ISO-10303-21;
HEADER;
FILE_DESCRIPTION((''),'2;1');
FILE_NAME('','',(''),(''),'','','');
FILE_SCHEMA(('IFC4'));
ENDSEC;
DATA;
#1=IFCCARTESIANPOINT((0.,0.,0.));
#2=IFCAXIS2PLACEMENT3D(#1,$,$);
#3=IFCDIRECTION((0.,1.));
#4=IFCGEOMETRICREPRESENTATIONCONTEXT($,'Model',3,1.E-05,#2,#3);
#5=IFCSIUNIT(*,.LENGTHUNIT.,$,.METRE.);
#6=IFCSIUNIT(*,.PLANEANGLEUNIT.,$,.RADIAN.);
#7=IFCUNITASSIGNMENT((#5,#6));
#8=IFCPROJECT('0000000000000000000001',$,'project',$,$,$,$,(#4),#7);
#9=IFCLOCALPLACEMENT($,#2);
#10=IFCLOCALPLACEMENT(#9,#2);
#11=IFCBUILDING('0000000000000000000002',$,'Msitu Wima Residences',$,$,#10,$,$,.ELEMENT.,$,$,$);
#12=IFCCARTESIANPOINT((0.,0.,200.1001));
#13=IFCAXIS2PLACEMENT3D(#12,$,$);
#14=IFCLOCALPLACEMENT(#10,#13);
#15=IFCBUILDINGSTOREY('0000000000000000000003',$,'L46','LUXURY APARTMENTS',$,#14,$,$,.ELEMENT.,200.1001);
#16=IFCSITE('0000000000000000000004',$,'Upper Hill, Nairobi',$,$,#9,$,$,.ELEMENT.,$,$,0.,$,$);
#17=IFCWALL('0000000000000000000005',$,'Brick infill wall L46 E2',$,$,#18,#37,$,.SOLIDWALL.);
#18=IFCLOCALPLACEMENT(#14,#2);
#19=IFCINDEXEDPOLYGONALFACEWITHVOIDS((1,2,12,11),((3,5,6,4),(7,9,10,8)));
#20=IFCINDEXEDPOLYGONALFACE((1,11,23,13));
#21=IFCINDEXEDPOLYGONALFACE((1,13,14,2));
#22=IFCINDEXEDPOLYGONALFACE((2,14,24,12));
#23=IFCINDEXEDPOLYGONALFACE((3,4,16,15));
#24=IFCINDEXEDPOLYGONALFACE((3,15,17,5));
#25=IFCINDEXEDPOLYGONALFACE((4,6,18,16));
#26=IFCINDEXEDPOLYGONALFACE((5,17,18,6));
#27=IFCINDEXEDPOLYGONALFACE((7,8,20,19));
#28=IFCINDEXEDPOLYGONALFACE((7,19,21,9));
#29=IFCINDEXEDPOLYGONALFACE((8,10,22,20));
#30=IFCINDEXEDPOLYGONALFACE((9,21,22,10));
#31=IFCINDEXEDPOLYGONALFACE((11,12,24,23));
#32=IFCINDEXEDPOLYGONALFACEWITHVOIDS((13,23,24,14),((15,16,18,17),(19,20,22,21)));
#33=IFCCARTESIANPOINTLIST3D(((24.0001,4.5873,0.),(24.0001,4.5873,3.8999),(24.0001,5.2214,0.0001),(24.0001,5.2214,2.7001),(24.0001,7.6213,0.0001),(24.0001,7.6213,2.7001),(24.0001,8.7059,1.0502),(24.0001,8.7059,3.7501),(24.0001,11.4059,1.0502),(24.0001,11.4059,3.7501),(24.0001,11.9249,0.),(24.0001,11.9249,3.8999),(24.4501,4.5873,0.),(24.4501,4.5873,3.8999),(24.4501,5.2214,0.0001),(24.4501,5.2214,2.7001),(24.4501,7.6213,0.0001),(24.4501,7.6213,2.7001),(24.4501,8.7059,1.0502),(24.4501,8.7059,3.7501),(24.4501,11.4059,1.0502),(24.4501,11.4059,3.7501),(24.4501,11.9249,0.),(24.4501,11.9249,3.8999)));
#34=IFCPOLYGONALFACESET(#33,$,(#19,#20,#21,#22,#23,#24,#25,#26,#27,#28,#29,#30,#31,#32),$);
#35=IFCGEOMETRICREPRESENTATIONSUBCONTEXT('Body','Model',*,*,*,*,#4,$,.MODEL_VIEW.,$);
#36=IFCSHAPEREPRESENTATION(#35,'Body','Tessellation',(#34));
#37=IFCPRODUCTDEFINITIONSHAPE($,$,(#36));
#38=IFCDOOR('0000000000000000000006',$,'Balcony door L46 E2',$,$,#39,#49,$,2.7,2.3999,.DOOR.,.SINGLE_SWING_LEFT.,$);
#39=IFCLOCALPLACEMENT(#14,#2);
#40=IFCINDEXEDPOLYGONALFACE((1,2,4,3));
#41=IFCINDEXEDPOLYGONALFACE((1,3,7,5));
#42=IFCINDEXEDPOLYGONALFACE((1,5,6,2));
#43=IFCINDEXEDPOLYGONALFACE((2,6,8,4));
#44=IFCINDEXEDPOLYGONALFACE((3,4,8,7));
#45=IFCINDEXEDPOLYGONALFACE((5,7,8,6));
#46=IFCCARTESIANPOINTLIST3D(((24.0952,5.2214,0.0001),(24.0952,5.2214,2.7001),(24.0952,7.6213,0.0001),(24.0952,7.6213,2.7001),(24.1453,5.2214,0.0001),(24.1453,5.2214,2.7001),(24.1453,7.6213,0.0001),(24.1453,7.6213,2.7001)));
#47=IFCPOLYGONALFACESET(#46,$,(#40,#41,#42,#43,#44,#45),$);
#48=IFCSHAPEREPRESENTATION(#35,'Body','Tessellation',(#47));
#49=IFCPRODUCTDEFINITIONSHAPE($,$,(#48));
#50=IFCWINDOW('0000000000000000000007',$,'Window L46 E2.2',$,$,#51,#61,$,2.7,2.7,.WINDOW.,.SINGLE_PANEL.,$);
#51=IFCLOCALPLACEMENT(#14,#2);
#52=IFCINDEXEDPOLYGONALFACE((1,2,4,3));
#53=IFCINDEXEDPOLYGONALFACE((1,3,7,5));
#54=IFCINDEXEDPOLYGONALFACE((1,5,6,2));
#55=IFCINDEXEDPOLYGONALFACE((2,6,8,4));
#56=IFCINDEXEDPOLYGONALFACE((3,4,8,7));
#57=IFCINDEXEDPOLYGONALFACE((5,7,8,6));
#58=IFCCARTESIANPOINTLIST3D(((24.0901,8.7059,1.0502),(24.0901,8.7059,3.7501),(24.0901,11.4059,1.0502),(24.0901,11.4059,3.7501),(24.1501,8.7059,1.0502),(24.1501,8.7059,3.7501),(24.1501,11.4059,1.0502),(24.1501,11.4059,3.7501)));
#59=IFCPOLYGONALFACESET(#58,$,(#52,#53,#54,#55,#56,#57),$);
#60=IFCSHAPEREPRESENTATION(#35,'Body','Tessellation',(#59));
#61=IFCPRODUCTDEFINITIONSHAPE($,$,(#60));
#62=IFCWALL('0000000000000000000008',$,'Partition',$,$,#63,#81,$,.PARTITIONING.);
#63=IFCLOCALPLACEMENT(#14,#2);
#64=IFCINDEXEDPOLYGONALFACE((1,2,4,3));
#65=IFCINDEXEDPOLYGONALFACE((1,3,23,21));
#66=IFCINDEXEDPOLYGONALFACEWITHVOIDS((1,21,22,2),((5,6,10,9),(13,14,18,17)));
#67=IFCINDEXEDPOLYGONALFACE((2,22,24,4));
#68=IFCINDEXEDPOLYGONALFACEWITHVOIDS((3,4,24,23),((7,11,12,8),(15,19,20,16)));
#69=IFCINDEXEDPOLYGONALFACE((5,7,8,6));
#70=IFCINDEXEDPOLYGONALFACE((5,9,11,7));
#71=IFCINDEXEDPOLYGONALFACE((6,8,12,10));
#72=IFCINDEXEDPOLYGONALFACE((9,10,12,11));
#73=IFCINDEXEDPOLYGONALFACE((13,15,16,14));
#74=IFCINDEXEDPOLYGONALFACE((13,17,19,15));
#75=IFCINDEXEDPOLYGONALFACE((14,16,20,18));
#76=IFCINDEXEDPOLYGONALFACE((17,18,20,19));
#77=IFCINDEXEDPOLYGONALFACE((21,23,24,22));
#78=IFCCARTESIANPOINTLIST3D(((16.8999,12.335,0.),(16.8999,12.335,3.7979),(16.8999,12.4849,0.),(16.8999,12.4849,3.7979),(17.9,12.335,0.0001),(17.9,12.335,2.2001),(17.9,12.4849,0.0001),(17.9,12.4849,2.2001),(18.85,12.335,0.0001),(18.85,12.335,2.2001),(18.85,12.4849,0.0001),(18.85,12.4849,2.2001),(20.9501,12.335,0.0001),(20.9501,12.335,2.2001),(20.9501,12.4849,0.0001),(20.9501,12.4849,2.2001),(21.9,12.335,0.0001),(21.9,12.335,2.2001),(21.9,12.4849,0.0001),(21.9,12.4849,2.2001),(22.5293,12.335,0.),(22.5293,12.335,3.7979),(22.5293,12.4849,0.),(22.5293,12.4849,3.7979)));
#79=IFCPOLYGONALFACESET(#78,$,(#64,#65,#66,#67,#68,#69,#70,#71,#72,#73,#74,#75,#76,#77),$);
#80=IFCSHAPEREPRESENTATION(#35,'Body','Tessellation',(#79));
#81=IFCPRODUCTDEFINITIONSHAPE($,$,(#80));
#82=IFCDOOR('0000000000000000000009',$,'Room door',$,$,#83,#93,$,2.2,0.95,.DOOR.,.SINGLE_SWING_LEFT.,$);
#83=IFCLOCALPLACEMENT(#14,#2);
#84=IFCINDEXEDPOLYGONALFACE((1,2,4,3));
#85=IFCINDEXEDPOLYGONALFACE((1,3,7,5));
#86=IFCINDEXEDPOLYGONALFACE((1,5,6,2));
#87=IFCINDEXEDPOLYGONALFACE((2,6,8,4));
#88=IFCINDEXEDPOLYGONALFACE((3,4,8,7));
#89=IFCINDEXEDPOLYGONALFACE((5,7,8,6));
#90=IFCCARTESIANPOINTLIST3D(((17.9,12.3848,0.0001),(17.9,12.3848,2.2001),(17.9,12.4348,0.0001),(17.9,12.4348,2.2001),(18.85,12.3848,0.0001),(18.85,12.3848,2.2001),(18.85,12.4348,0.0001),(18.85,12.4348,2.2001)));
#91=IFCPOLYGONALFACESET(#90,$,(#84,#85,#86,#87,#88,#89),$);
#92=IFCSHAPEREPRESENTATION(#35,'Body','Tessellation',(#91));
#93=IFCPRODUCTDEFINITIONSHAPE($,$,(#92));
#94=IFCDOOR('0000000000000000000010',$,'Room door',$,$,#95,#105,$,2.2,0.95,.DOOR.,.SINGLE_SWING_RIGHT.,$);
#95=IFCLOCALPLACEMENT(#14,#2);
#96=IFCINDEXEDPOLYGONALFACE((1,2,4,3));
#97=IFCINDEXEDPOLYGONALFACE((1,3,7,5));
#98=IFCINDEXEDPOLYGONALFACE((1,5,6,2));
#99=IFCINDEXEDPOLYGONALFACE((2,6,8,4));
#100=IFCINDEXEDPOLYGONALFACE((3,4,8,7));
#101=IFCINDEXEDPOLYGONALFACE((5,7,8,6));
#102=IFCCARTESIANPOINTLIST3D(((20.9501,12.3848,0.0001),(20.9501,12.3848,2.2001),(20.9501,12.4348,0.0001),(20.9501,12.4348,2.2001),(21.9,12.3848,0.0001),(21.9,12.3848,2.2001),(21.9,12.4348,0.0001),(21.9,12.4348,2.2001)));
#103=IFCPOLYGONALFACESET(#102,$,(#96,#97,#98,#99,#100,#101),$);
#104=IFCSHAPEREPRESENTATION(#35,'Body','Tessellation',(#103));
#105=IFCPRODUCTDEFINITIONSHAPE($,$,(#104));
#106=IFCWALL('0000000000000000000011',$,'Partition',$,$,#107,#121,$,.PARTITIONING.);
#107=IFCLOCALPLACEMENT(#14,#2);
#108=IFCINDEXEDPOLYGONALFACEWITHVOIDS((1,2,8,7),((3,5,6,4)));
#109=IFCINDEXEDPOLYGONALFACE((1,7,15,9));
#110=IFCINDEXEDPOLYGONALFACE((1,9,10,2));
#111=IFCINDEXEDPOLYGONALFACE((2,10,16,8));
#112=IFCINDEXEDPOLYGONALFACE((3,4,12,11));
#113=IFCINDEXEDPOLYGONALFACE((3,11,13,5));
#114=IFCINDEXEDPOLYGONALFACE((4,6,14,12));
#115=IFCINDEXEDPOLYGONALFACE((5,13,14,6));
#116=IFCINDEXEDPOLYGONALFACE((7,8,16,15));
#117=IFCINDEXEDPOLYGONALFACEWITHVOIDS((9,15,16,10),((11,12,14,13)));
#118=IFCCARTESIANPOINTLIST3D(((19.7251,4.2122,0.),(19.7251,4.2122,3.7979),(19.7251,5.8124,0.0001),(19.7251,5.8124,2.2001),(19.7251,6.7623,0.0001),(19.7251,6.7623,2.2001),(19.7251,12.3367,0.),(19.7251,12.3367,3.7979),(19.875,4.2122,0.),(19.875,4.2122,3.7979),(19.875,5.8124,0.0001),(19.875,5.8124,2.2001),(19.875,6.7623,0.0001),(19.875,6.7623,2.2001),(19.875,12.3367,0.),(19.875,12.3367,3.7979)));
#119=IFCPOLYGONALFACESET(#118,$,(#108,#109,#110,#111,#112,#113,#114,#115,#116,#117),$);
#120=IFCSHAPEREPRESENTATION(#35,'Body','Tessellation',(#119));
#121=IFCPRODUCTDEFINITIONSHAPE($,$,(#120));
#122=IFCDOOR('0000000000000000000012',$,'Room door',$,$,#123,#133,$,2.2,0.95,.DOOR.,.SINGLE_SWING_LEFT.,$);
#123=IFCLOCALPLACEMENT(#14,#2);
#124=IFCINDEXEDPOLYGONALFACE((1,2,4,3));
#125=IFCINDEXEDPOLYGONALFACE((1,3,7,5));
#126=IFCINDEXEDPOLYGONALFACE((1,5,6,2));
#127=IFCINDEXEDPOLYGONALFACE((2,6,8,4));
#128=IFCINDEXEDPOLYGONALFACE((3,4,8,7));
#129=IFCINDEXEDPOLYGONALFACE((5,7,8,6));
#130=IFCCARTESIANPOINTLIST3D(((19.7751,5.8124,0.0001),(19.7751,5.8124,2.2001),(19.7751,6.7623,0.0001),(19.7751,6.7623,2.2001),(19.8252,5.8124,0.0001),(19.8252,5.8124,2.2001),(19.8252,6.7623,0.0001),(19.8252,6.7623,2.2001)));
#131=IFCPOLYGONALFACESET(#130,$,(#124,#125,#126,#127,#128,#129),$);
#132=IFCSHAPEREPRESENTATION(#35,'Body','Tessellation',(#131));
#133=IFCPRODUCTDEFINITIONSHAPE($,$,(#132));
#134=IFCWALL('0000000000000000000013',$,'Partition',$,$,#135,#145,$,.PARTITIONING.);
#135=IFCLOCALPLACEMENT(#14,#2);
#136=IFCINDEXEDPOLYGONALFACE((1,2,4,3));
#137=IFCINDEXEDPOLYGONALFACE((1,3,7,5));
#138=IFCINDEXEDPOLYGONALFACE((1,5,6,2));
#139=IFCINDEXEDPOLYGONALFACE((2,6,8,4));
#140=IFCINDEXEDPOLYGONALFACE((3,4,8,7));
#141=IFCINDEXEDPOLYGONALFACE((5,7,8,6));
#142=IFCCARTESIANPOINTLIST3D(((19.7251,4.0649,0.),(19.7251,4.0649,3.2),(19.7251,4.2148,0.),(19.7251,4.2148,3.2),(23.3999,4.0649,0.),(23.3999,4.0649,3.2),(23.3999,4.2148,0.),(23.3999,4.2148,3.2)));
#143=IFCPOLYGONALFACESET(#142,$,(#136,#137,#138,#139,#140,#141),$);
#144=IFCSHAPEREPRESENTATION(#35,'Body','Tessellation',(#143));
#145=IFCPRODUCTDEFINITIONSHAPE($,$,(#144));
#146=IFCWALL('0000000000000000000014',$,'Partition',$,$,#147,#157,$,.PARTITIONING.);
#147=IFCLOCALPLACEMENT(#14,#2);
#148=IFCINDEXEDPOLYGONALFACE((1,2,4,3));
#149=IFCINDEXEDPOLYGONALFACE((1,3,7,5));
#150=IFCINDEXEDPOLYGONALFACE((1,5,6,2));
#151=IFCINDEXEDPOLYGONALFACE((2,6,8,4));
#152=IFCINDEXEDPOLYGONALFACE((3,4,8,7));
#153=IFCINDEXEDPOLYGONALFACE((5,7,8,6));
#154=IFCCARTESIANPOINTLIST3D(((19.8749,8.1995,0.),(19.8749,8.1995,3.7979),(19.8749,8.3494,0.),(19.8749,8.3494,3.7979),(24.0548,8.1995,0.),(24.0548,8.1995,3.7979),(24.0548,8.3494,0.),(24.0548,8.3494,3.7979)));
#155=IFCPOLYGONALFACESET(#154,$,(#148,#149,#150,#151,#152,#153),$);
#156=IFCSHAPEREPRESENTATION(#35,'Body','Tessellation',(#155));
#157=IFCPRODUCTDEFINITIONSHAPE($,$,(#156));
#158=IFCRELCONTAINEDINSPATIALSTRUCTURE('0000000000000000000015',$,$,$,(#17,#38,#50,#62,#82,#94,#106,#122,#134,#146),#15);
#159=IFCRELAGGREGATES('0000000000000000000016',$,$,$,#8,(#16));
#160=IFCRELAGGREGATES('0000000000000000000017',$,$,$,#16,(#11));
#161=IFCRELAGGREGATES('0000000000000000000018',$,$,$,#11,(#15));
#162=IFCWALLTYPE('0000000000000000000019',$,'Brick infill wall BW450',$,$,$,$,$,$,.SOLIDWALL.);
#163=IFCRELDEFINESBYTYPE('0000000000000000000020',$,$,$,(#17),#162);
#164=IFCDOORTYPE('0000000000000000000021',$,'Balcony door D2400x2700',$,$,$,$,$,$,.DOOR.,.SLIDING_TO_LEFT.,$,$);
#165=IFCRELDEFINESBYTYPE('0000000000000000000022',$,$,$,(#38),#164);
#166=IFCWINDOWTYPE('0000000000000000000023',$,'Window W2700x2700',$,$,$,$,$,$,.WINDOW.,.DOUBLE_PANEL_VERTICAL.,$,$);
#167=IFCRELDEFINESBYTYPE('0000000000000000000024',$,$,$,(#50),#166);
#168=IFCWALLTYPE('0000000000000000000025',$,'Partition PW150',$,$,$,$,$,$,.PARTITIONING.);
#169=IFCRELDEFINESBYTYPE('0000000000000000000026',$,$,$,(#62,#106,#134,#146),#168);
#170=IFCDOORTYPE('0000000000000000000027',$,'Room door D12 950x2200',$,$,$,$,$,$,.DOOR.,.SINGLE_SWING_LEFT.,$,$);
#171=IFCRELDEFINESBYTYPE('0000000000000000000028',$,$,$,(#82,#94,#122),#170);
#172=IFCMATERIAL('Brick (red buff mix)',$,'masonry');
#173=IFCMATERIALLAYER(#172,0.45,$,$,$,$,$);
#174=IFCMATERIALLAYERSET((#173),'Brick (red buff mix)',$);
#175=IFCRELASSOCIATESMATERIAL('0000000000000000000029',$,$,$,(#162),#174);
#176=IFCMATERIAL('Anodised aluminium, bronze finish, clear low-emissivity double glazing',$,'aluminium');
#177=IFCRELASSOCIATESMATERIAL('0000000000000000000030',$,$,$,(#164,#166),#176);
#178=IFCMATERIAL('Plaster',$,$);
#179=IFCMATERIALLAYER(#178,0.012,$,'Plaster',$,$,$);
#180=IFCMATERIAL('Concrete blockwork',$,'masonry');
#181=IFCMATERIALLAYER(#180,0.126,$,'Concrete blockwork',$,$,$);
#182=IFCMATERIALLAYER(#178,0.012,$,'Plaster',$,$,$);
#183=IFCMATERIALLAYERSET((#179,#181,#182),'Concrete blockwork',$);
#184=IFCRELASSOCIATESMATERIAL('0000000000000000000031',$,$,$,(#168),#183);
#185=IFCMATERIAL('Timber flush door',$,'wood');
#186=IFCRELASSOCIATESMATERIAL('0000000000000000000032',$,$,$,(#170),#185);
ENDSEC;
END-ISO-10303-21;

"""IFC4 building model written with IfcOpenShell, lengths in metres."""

from ifc_helpers import new_model, si_unit, direction, frame, frame_2d, origin, place, context, subcontext, project, spatial, rectangle, extrude, material, layer, layer_set, type_object, element, fill, save


model = new_model("IFC4")

# Units and contexts
model_context = context("Model", 3, precision=1e-05, world=origin(), true_north=direction((0.0, 1.0)))
body_context = subcontext(model_context, "Body", "Model", "MODEL_VIEW")
ifc_project = project(units=[si_unit("LENGTHUNIT", "METRE"), si_unit("PLANEANGLEUNIT", "RADIAN")], contexts=[model_context])

# Site, building, storey
site_placement = place(None, origin())
site = spatial("IfcSite", under=ifc_project, at=site_placement, Name="Upper Hill, Nairobi", CompositionType="ELEMENT", RefElevation=0.0)
building_placement = place(site_placement, origin())
building = spatial("IfcBuilding", under=site, at=building_placement, Name="Msitu Wima Residences", CompositionType="ELEMENT")
storey_placement = place(building_placement, frame((0.0, 0.0, 200.1001)))
storey = spatial("IfcBuildingStorey", under=building, at=storey_placement, Name="L46", Description="LUXURY APARTMENTS", CompositionType="ELEMENT", Elevation=200.1001)

# Wall, openings, door, window
ifc_material_1 = material(Name="Brick (red buff mix)", Category="masonry")
ifc_layer_1 = layer(ifc_material_1, 0.45)
ifc_layer_set_1 = layer_set([ifc_layer_1], Name="Brick (red buff mix)")
wall_type_1 = type_object("IfcWallType", Name="Brick infill wall BW450", PredefinedType="SOLIDWALL", material=ifc_layer_set_1)
wall_1_placement = place(storey_placement, frame((24.2251, 4.5872, 0.0), z_axis=(0.0, 0.0, 1.0), x_axis=(0.0, 1.0, 0.0)))
wall_1 = element("IfcWall", 1, at=wall_1_placement, inside=storey, type_object=wall_type_1, Name="Brick infill wall L46 E2", PredefinedType="SOLIDWALL", context=body_context, shape_type="SweptSolid", body=[
    extrude(rectangle(XDim=7.3376, YDim=0.45, at=frame_2d((3.6689, 0.0))), origin(), (0.0, 0.0, 1.0), 3.8999),
])
opening_1_placement = place(wall_1_placement, frame((0.6343, 0.0, 0.0)))
opening_1 = element("IfcOpeningElement", 2, at=opening_1_placement, cuts=wall_1, PredefinedType="OPENING", context=body_context, shape_type="SweptSolid", body=[
    extrude(rectangle(XDim=2.3999, YDim=2.7, at=frame_2d((1.2, 1.3501))), frame((0.0, 0.2349, 0.0), z_axis=(0.0, -1.0, 0.0), x_axis=(1.0, 0.0, 0.0)), (0.0, 0.0, 1.0), 0.47),
])
opening_2_placement = place(wall_1_placement, frame((4.1187, 0.0, 1.05)))
opening_2 = element("IfcOpeningElement", 3, at=opening_2_placement, cuts=wall_1, PredefinedType="OPENING", context=body_context, shape_type="SweptSolid", body=[
    extrude(rectangle(XDim=2.7, YDim=2.7, at=frame_2d((1.3501, 1.3501))), frame((0.0, 0.2349, 0.0), z_axis=(0.0, -1.0, 0.0), x_axis=(1.0, 0.0, 0.0)), (0.0, 0.0, 1.0), 0.47),
])
ifc_material_2 = material(Name="Anodised aluminium, bronze finish, clear low-emissivity double glazing", Category="aluminium")
door_type_1 = type_object("IfcDoorType", Name="Balcony door D2400x2700", OperationType="SLIDING_TO_LEFT", PredefinedType="DOOR", material=ifc_material_2)
door_1_placement = place(opening_1_placement, origin())
door_1 = element("IfcDoor", 4, at=door_1_placement, inside=storey, type_object=door_type_1, Name="Balcony door L46 E2", OperationType="SINGLE_SWING_LEFT", OverallHeight=2.7, OverallWidth=2.3999, PredefinedType="DOOR", context=body_context, shape_type="SweptSolid", body=[
    extrude(rectangle(XDim=2.3999, YDim=2.7, at=frame_2d((1.2, 1.3501))), frame((0.0, 0.1299, 0.0), z_axis=(0.0, -1.0, 0.0), x_axis=(1.0, 0.0, 0.0)), (0.0, 0.0, 1.0), 0.05),
])
fill(opening_1, door_1)
window_type = type_object("IfcWindowType", Name="Window W2700x2700", PartitioningType="DOUBLE_PANEL_VERTICAL", PredefinedType="WINDOW", material=ifc_material_2)
window_placement = place(opening_2_placement, origin())
window = element("IfcWindow", 5, at=window_placement, inside=storey, type_object=window_type, Name="Window L46 E2.2", OverallHeight=2.7, OverallWidth=2.7, PartitioningType="SINGLE_PANEL", PredefinedType="WINDOW", context=body_context, shape_type="SweptSolid", body=[
    extrude(rectangle(XDim=2.7, YDim=2.7, at=frame_2d((1.3501, 1.3501))), frame((0.0, 0.135, 0.0), z_axis=(0.0, -1.0, 0.0), x_axis=(1.0, 0.0, 0.0)), (0.0, 0.0, 1.0), 0.0601),
])
fill(opening_2, window)

# Shared definitions
ifc_material_3 = material(Name="Plaster")
ifc_material_4 = material(Name="Concrete blockwork", Category="masonry")

# Wall, openings, doors
ifc_layer_2 = layer(ifc_material_3, 0.012, Name="Plaster")
ifc_layer_3 = layer(ifc_material_4, 0.126, Name="Concrete blockwork")
ifc_layer_4 = layer(ifc_material_3, 0.012, Name="Plaster")
ifc_layer_set_2 = layer_set([ifc_layer_2, ifc_layer_3, ifc_layer_4], Name="Concrete blockwork")
wall_type_2 = type_object("IfcWallType", Name="Partition PW150", PredefinedType="PARTITIONING", material=ifc_layer_set_2)
wall_2_placement = place(storey_placement, frame((16.8999, 12.4099, 0.0), z_axis=(0.0, 0.0, 1.0), x_axis=(1.0, 0.0, 0.0)))
wall_2 = element("IfcWall", 6, at=wall_2_placement, inside=storey, type_object=wall_type_2, Name="Partition", PredefinedType="PARTITIONING", context=body_context, shape_type="SweptSolid", body=[
    extrude(rectangle(XDim=5.6294, YDim=0.1499, at=frame_2d((2.8147, 0.0))), origin(), (0.0, 0.0, 1.0), 3.7979),
])
opening_3_placement = place(wall_2_placement, frame((1.0, 0.0, 0.0)))
opening_3 = element("IfcOpeningElement", 7, at=opening_3_placement, cuts=wall_2, PredefinedType="OPENING", context=body_context, shape_type="SweptSolid", body=[
    extrude(rectangle(XDim=0.95, YDim=2.2, at=frame_2d((0.4751, 1.1001))), frame((0.0, 0.085, 0.0), z_axis=(0.0, -1.0, 0.0), x_axis=(1.0, 0.0, 0.0)), (0.0, 0.0, 1.0), 0.1699),
])
opening_4_placement = place(wall_2_placement, frame((4.05, 0.0, 0.0)))
opening_4 = element("IfcOpeningElement", 8, at=opening_4_placement, cuts=wall_2, PredefinedType="OPENING", context=body_context, shape_type="SweptSolid", body=[
    extrude(rectangle(XDim=0.95, YDim=2.2, at=frame_2d((0.4751, 1.1001))), frame((0.0, 0.085, 0.0), z_axis=(0.0, -1.0, 0.0), x_axis=(1.0, 0.0, 0.0)), (0.0, 0.0, 1.0), 0.1699),
])
ifc_material_5 = material(Name="Timber flush door", Category="wood")
door_type_2 = type_object("IfcDoorType", Name="Room door D12 950x2200", OperationType="SINGLE_SWING_LEFT", PredefinedType="DOOR", material=ifc_material_5)
door_2_placement = place(opening_3_placement, origin())
door_2 = element("IfcDoor", 9, at=door_2_placement, inside=storey, type_object=door_type_2, Name="Room door", OperationType="SINGLE_SWING_LEFT", OverallHeight=2.2, OverallWidth=0.95, PredefinedType="DOOR", context=body_context, shape_type="SweptSolid", body=[
    extrude(rectangle(XDim=0.95, YDim=2.2, at=frame_2d((0.4751, 1.1001))), frame((0.0, 0.0249, 0.0), z_axis=(0.0, -1.0, 0.0), x_axis=(1.0, 0.0, 0.0)), (0.0, 0.0, 1.0), 0.05),
])
fill(opening_3, door_2)
door_3_placement = place(opening_4_placement, origin())
door_3 = element("IfcDoor", 10, at=door_3_placement, inside=storey, type_object=door_type_2, Name="Room door", OperationType="SINGLE_SWING_RIGHT", OverallHeight=2.2, OverallWidth=0.95, PredefinedType="DOOR", context=body_context, shape_type="SweptSolid", body=[
    extrude(rectangle(XDim=0.95, YDim=2.2, at=frame_2d((0.4751, 1.1001))), frame((0.0, 0.0249, 0.0), z_axis=(0.0, -1.0, 0.0), x_axis=(1.0, 0.0, 0.0)), (0.0, 0.0, 1.0), 0.05),
])
fill(opening_4, door_3)

# Wall, opening, door
wall_3_placement = place(storey_placement, frame((19.8, 4.2122, 0.0), z_axis=(0.0, 0.0, 1.0), x_axis=(0.0, 1.0, 0.0)))
wall_3 = element("IfcWall", 11, at=wall_3_placement, inside=storey, type_object=wall_type_2, Name="Partition", PredefinedType="PARTITIONING", context=body_context, shape_type="SweptSolid", body=[
    extrude(rectangle(XDim=8.1245, YDim=0.1499, at=frame_2d((4.0623, 0.0))), origin(), (0.0, 0.0, 1.0), 3.7979),
])
opening_5_placement = place(wall_3_placement, frame((1.6001, 0.0, 0.0)))
opening_5 = element("IfcOpeningElement", 12, at=opening_5_placement, cuts=wall_3, PredefinedType="OPENING", context=body_context, shape_type="SweptSolid", body=[
    extrude(rectangle(XDim=0.95, YDim=2.2, at=frame_2d((0.4751, 1.1001))), frame((0.0, 0.085, 0.0), z_axis=(0.0, -1.0, 0.0), x_axis=(1.0, 0.0, 0.0)), (0.0, 0.0, 1.0), 0.1699),
])
door_4_placement = place(opening_5_placement, origin())
door_4 = element("IfcDoor", 13, at=door_4_placement, inside=storey, type_object=door_type_2, Name="Room door", OperationType="SINGLE_SWING_LEFT", OverallHeight=2.2, OverallWidth=0.95, PredefinedType="DOOR", context=body_context, shape_type="SweptSolid", body=[
    extrude(rectangle(XDim=0.95, YDim=2.2, at=frame_2d((0.4751, 1.1001))), frame((0.0, 0.0249, 0.0), z_axis=(0.0, -1.0, 0.0), x_axis=(1.0, 0.0, 0.0)), (0.0, 0.0, 1.0), 0.05),
])
fill(opening_5, door_4)

# Walls
wall_4_placement = place(storey_placement, frame((19.7251, 4.1399, 0.0), z_axis=(0.0, 0.0, 1.0), x_axis=(1.0, 0.0, 0.0)))
element("IfcWall", 14, at=wall_4_placement, inside=storey, type_object=wall_type_2, Name="Partition", PredefinedType="PARTITIONING", context=body_context, shape_type="SweptSolid", body=[
    extrude(rectangle(XDim=3.6748, YDim=0.1499, at=frame_2d((1.8374, 0.0))), origin(), (0.0, 0.0, 1.0), 3.2),
])
wall_5_placement = place(storey_placement, frame((19.875, 8.2744, 0.0), z_axis=(0.0, 0.0, 1.0), x_axis=(1.0, 0.0, 0.0)))
element("IfcWall", 15, at=wall_5_placement, inside=storey, type_object=wall_type_2, Name="Partition", PredefinedType="PARTITIONING", context=body_context, shape_type="SweptSolid", body=[
    extrude(rectangle(XDim=4.1799, YDim=0.1499, at=frame_2d((2.0898, 0.0))), origin(), (0.0, 0.0, 1.0), 3.7979),
])

save(model, "model.ifc")
